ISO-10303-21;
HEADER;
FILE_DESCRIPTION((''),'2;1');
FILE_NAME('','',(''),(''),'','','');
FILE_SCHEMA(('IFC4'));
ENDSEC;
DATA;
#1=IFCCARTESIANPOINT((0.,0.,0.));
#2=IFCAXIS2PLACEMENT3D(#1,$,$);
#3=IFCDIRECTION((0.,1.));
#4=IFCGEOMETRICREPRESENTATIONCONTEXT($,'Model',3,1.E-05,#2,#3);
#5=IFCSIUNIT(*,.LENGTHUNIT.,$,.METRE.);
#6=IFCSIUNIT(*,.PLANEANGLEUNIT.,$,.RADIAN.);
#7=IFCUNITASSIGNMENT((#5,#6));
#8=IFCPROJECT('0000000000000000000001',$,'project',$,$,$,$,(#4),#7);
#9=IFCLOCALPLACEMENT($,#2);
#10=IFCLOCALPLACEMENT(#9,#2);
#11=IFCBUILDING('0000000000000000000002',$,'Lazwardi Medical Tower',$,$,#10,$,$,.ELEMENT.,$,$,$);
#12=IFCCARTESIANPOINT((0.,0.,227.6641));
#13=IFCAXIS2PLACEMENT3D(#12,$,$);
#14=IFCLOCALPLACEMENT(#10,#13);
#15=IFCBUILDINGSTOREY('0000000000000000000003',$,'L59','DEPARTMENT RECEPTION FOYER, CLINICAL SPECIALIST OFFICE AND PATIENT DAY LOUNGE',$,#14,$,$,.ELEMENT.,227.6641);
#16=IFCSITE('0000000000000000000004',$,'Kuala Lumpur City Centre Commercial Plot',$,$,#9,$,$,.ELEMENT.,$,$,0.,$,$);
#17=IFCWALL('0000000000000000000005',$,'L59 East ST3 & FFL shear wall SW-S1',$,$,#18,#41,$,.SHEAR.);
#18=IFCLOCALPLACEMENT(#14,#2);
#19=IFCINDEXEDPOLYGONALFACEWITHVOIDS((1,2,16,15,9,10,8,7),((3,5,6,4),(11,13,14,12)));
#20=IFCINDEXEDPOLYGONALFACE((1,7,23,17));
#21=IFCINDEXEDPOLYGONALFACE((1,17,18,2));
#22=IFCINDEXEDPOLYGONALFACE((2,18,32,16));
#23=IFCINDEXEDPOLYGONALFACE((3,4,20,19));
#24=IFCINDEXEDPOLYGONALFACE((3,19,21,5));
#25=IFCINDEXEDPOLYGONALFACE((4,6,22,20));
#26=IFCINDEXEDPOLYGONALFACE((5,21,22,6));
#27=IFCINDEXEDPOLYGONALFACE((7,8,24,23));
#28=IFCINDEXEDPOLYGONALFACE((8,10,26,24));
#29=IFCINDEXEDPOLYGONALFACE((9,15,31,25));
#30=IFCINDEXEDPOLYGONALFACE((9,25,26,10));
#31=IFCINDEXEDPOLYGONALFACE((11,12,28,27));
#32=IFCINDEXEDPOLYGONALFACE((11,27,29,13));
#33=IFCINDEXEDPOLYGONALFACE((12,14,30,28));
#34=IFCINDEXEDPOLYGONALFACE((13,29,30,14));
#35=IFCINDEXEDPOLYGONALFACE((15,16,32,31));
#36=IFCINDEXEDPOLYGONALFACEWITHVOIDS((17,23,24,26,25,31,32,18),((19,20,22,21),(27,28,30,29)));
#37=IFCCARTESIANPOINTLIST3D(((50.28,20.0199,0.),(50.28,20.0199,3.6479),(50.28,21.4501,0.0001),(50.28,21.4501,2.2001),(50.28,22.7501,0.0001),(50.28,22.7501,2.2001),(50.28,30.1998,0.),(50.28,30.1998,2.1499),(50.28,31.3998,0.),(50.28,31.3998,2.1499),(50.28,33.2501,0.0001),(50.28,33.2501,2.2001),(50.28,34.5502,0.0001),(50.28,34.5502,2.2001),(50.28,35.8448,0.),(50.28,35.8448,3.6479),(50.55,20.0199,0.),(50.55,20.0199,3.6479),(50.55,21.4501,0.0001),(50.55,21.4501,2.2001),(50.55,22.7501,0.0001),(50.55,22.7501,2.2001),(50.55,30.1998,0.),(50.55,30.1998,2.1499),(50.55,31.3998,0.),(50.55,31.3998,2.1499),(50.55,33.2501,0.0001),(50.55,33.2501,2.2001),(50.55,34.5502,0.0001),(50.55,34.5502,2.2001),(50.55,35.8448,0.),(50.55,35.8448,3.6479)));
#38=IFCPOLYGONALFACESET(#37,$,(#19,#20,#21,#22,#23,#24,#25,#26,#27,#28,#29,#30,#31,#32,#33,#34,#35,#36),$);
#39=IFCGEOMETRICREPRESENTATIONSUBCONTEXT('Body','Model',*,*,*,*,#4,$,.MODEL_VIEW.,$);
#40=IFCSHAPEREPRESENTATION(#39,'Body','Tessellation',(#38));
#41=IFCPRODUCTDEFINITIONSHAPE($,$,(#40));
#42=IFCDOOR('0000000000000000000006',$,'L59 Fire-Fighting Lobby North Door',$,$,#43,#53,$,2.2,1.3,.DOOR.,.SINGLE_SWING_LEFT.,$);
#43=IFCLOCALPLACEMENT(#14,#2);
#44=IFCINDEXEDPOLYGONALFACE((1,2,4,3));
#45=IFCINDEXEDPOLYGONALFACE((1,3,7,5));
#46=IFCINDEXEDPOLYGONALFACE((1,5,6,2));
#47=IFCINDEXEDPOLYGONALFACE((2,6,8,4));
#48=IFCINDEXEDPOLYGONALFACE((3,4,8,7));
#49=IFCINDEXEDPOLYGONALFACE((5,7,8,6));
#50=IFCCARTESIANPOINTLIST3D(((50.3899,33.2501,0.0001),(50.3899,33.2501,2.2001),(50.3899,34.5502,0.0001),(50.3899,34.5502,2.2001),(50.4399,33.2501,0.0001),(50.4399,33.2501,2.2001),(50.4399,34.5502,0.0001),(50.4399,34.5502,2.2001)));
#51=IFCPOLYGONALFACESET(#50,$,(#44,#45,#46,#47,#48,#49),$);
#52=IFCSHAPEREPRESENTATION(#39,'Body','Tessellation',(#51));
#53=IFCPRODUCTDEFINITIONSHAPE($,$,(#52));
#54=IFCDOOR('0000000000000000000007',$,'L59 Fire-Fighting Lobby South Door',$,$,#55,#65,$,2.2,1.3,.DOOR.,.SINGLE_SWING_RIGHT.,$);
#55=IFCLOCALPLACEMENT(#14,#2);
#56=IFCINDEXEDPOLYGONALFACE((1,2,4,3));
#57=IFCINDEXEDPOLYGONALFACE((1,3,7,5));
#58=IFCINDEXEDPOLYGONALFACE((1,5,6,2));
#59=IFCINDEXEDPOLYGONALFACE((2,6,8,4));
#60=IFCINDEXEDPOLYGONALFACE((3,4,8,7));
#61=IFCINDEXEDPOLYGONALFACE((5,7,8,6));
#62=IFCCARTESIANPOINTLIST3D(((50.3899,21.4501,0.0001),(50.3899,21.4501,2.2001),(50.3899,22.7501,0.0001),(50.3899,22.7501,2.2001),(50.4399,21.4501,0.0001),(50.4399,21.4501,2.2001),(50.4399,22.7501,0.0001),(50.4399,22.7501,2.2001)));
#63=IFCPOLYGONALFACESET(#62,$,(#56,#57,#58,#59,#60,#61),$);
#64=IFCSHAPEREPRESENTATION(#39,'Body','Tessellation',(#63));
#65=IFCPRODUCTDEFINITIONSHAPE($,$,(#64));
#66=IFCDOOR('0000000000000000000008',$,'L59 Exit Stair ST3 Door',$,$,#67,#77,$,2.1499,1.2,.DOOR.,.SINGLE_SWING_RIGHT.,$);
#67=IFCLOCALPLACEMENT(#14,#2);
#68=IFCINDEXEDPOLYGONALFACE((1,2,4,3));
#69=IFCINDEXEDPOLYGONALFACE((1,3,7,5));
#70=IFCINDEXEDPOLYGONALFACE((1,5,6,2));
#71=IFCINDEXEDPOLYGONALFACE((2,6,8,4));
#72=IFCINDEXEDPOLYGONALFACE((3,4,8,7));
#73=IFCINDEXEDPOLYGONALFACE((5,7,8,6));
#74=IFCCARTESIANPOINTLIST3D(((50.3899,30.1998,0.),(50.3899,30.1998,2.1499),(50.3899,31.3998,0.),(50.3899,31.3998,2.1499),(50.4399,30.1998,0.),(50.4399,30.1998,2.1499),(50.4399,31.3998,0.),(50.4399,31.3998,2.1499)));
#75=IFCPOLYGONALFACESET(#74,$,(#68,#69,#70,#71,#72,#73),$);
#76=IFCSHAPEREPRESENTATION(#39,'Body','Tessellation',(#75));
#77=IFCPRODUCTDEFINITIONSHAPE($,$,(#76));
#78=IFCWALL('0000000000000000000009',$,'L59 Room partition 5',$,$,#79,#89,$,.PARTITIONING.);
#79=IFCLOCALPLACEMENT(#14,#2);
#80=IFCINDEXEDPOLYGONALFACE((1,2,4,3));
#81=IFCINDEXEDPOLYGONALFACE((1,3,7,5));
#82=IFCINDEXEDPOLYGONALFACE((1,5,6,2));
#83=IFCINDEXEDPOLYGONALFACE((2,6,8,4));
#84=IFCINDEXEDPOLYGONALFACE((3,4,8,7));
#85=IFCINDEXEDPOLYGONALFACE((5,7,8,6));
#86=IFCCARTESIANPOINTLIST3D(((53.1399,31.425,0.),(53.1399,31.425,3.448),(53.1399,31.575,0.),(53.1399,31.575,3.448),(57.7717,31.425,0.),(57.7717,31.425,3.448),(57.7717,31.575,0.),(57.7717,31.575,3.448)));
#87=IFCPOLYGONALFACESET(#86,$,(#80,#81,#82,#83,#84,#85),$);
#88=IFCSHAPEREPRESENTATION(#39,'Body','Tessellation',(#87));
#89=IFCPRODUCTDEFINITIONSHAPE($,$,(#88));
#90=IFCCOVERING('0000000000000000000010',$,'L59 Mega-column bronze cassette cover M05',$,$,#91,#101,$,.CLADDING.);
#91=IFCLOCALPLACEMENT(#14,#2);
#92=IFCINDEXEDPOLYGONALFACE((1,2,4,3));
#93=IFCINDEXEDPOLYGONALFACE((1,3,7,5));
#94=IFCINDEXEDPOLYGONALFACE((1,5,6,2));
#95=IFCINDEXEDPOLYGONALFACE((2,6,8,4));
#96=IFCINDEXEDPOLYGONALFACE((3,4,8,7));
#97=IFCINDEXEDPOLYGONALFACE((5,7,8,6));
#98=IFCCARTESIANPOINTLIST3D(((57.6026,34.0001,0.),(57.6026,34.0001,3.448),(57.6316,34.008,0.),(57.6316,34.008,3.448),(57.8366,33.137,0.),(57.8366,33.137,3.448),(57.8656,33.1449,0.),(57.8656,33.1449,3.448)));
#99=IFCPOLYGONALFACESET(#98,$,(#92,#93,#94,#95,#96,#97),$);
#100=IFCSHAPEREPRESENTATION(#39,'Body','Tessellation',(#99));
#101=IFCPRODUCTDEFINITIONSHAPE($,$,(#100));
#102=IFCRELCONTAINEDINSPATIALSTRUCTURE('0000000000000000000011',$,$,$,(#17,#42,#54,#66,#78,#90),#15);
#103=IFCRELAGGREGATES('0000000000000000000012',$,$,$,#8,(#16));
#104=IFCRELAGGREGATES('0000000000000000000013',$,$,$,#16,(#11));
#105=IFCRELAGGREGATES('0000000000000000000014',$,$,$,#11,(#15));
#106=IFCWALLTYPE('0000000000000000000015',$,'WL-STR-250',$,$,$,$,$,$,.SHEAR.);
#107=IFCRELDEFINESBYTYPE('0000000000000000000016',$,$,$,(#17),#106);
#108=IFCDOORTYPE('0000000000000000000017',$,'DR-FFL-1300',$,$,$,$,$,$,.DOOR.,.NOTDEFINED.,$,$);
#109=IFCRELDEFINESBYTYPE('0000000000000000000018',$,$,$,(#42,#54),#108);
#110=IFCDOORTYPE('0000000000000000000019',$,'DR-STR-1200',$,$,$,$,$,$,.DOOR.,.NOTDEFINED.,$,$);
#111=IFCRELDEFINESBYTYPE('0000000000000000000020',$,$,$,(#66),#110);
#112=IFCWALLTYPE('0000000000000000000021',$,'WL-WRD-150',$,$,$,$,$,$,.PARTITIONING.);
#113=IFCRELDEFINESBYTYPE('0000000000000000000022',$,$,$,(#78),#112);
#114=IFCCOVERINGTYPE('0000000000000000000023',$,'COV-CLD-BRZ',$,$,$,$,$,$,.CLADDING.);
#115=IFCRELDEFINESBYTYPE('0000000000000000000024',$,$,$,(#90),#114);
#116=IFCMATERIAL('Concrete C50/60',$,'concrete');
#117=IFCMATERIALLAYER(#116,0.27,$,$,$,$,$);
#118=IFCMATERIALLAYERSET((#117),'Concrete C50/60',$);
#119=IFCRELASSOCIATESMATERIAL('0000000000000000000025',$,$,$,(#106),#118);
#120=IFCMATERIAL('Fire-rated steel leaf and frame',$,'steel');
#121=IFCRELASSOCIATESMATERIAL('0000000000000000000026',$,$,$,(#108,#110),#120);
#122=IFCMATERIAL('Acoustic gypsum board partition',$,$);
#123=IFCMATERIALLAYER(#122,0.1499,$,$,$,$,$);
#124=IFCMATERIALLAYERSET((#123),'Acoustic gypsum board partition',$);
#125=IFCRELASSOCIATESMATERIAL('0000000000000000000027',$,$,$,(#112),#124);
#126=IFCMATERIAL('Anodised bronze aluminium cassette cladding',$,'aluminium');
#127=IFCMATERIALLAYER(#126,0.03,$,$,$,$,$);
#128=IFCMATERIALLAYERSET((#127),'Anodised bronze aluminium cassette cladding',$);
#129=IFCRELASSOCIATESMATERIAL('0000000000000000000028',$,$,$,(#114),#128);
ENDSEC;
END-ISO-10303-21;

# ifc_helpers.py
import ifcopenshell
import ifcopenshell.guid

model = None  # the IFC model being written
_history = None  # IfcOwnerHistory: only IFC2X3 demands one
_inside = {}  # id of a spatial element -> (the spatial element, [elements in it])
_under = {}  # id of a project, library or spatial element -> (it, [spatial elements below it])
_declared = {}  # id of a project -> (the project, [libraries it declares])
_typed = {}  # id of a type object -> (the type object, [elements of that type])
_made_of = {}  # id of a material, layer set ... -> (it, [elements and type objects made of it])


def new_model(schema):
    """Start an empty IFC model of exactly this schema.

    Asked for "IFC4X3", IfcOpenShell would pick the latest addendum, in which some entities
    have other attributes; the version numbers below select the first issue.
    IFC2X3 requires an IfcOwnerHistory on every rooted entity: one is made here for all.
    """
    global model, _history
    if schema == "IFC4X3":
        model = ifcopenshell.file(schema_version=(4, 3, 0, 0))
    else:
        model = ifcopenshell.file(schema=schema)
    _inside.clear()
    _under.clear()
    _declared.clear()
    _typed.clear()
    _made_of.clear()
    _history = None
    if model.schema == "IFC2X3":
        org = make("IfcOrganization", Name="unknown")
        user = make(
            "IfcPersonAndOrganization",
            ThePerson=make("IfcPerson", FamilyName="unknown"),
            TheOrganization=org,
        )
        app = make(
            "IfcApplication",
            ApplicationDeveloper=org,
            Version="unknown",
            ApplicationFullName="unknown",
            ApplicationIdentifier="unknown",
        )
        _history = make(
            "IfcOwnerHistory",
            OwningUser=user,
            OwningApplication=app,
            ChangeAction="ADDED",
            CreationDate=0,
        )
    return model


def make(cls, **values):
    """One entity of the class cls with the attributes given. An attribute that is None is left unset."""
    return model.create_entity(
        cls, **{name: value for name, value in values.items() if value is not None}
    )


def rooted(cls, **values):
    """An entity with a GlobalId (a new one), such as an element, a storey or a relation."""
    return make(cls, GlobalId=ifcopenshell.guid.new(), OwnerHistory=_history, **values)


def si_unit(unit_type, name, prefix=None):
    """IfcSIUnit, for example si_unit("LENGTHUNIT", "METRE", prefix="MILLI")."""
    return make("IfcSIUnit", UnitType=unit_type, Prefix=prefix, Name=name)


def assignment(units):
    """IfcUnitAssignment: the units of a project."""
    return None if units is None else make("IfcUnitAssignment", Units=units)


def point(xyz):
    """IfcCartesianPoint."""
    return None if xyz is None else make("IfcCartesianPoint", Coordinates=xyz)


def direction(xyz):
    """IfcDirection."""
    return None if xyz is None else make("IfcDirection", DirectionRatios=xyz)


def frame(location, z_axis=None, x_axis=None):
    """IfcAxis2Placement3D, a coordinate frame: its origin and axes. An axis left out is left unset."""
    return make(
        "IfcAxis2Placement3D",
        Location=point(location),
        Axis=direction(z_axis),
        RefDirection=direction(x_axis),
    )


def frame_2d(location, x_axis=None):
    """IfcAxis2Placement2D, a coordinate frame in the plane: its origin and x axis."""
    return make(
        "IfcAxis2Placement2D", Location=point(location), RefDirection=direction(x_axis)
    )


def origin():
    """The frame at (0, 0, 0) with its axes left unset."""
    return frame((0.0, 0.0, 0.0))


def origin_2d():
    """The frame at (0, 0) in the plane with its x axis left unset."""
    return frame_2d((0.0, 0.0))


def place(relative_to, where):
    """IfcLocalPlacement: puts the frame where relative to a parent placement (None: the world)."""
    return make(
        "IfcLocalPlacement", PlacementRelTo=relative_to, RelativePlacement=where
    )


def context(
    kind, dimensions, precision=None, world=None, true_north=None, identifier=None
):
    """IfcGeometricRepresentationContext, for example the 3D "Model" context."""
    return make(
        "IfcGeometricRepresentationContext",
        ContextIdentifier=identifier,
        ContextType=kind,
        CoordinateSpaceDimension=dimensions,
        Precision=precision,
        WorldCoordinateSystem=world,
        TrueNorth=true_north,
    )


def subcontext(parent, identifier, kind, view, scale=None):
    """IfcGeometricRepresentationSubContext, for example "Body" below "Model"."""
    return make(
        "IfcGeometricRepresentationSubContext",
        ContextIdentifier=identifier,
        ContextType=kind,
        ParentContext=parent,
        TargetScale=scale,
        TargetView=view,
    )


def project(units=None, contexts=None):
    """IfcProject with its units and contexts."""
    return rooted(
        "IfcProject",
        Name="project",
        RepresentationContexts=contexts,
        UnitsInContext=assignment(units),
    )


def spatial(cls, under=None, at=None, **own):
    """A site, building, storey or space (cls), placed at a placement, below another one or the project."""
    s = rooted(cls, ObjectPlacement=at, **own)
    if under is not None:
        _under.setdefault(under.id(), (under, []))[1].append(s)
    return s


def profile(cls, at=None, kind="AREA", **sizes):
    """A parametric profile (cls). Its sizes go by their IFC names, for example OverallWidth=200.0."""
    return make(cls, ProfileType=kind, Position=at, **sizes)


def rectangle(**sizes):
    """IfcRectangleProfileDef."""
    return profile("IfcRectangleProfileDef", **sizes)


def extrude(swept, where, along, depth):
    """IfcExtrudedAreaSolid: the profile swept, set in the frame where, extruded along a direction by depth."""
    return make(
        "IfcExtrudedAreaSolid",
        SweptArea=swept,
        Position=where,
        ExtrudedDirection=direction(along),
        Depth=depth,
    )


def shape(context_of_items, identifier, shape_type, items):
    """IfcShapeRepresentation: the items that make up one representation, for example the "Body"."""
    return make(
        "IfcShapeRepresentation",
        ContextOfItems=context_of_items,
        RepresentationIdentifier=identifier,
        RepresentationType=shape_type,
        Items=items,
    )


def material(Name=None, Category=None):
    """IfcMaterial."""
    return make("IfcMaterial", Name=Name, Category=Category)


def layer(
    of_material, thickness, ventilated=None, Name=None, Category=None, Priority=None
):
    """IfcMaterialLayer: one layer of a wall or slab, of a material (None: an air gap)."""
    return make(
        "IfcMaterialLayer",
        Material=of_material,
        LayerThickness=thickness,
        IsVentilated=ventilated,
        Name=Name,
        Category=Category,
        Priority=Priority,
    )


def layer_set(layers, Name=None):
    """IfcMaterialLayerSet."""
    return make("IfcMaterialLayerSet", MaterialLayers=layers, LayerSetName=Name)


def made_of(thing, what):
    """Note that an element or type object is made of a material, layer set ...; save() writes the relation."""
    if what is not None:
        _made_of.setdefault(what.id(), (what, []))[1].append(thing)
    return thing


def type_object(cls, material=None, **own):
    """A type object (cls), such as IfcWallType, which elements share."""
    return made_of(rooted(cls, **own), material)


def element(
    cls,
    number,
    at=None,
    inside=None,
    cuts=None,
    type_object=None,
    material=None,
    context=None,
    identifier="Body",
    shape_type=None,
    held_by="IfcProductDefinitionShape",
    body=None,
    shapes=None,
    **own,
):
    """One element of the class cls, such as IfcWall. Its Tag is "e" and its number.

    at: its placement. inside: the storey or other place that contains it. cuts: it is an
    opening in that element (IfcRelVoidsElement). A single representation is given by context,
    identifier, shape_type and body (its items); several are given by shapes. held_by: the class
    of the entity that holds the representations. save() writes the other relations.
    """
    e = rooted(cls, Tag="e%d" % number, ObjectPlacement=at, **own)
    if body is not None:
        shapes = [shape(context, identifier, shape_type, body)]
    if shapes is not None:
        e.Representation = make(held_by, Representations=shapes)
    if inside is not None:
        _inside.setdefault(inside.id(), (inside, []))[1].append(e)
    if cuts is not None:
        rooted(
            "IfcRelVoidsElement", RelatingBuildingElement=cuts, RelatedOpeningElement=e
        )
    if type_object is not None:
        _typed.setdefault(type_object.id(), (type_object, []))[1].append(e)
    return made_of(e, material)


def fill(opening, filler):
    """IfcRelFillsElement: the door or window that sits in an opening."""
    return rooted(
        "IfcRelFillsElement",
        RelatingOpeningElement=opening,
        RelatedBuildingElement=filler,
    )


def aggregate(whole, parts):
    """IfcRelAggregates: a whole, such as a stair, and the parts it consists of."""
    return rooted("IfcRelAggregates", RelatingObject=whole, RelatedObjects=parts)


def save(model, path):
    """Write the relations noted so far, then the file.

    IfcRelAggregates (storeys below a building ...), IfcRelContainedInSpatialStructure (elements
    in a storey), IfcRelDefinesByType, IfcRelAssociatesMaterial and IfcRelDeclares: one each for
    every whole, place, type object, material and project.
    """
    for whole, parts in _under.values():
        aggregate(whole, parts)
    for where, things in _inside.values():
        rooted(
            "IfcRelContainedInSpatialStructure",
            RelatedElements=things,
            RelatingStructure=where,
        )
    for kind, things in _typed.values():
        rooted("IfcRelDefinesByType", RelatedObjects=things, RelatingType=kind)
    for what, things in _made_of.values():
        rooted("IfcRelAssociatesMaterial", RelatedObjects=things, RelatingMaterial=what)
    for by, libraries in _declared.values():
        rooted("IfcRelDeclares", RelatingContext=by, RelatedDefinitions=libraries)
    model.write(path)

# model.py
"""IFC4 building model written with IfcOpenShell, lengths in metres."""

from ifc_helpers import new_model, si_unit, direction, frame, frame_2d, origin, origin_2d, place, context, subcontext, project, spatial, rectangle, extrude, material, layer, layer_set, type_object, element, fill, save


model = new_model("IFC4")

# Units and contexts
model_context = context("Model", 3, precision=1e-05, world=origin(), true_north=direction((0.0, 1.0)))
body_context = subcontext(model_context, "Body", "Model", "MODEL_VIEW")
ifc_project = project(units=[si_unit("LENGTHUNIT", "METRE"), si_unit("PLANEANGLEUNIT", "RADIAN")], contexts=[model_context])

# Site, building, storey
site_placement = place(None, origin())
site = spatial("IfcSite", under=ifc_project, at=site_placement, Name="Kuala Lumpur City Centre Commercial Plot", CompositionType="ELEMENT", RefElevation=0.0)
building_placement = place(site_placement, origin())
building = spatial("IfcBuilding", under=site, at=building_placement, Name="Lazwardi Medical Tower", CompositionType="ELEMENT")
storey_placement = place(building_placement, frame((0.0, 0.0, 227.6641)))
storey = spatial("IfcBuildingStorey", under=building, at=storey_placement, Name="L59", Description="DEPARTMENT RECEPTION FOYER, CLINICAL SPECIALIST OFFICE AND PATIENT DAY LOUNGE", CompositionType="ELEMENT", Elevation=227.6641)

# Wall, openings, doors
ifc_material_1 = material(Name="Concrete C50/60", Category="concrete")
ifc_layer_1 = layer(ifc_material_1, 0.27)
ifc_layer_set_1 = layer_set([ifc_layer_1], Name="Concrete C50/60")
wall_type_1 = type_object("IfcWallType", Name="WL-STR-250", PredefinedType="SHEAR", material=ifc_layer_set_1)
wall_1_placement = place(storey_placement, frame((50.415, 35.845, 0.0), z_axis=(0.0, 0.0, 1.0), x_axis=(0.0, -1.0, 0.0)))
wall_1 = element("IfcWall", 1, at=wall_1_placement, inside=storey, type_object=wall_type_1, Name="L59 East ST3 & FFL shear wall SW-S1", PredefinedType="SHEAR", context=body_context, shape_type="SweptSolid", body=[
    extrude(rectangle(XDim=15.825, YDim=0.27, at=frame_2d((7.9126, 0.0))), origin(), (0.0, 0.0, 1.0), 3.6479),
])
opening_1_placement = place(wall_1_placement, frame((4.4451, 0.0, 0.0)))
opening_1 = element("IfcOpeningElement", 2, at=opening_1_placement, cuts=wall_1, PredefinedType="OPENING", context=body_context, shape_type="SweptSolid", body=[
    extrude(rectangle(XDim=1.2, YDim=2.1499, at=frame_2d((0.6001, 1.075))), frame((0.0, 0.145, 0.0), z_axis=(0.0, -1.0, 0.0), x_axis=(1.0, 0.0, 0.0)), (0.0, 0.0, 1.0), 0.29),
])
opening_2_placement = place(wall_1_placement, frame((1.2949, 0.0, 0.0)))
opening_2 = element("IfcOpeningElement", 3, at=opening_2_placement, cuts=wall_1, PredefinedType="OPENING", context=body_context, shape_type="SweptSolid", body=[
    extrude(rectangle(XDim=1.3, YDim=2.2, at=frame_2d((0.6499, 1.1001))), frame((0.0, 0.145, 0.0), z_axis=(0.0, -1.0, 0.0), x_axis=(1.0, 0.0, 0.0)), (0.0, 0.0, 1.0), 0.29),
])
opening_3_placement = place(wall_1_placement, frame((13.095, 0.0, 0.0)))
opening_3 = element("IfcOpeningElement", 4, at=opening_3_placement, cuts=wall_1, PredefinedType="OPENING", context=body_context, shape_type="SweptSolid", body=[
    extrude(rectangle(XDim=1.3, YDim=2.2, at=frame_2d((0.6499, 1.1001))), frame((0.0, 0.145, 0.0), z_axis=(0.0, -1.0, 0.0), x_axis=(1.0, 0.0, 0.0)), (0.0, 0.0, 1.0), 0.29),
])
ifc_material_2 = material(Name="Fire-rated steel leaf and frame", Category="steel")
door_type_1 = type_object("IfcDoorType", Name="DR-FFL-1300", OperationType="NOTDEFINED", PredefinedType="DOOR", material=ifc_material_2)
door_1_placement = place(opening_2_placement, origin())
door_1 = element("IfcDoor", 5, at=door_1_placement, inside=storey, type_object=door_type_1, Name="L59 Fire-Fighting Lobby North Door", OperationType="SINGLE_SWING_LEFT", OverallHeight=2.2, OverallWidth=1.3, PredefinedType="DOOR", context=body_context, shape_type="SweptSolid", body=[
    extrude(rectangle(XDim=1.3, YDim=2.2, at=frame_2d((0.6499, 1.1001))), frame((0.0, 0.0249, 0.0), z_axis=(0.0, -1.0, 0.0), x_axis=(1.0, 0.0, 0.0)), (0.0, 0.0, 1.0), 0.05),
])
fill(opening_2, door_1)
door_2_placement = place(opening_3_placement, origin())
door_2 = element("IfcDoor", 6, at=door_2_placement, inside=storey, type_object=door_type_1, Name="L59 Fire-Fighting Lobby South Door", OperationType="SINGLE_SWING_RIGHT", OverallHeight=2.2, OverallWidth=1.3, PredefinedType="DOOR", context=body_context, shape_type="SweptSolid", body=[
    extrude(rectangle(XDim=1.3, YDim=2.2, at=frame_2d((0.6499, 1.1001))), frame((0.0, 0.0249, 0.0), z_axis=(0.0, -1.0, 0.0), x_axis=(1.0, 0.0, 0.0)), (0.0, 0.0, 1.0), 0.05),
])
fill(opening_3, door_2)
door_type_2 = type_object("IfcDoorType", Name="DR-STR-1200", OperationType="NOTDEFINED", PredefinedType="DOOR", material=ifc_material_2)
door_3_placement = place(opening_1_placement, origin())
door_3 = element("IfcDoor", 7, at=door_3_placement, inside=storey, type_object=door_type_2, Name="L59 Exit Stair ST3 Door", OperationType="SINGLE_SWING_RIGHT", OverallHeight=2.1499, OverallWidth=1.2, PredefinedType="DOOR", context=body_context, shape_type="SweptSolid", body=[
    extrude(rectangle(XDim=1.2, YDim=2.1499, at=frame_2d((0.6001, 1.075))), frame((0.0, 0.0249, 0.0), z_axis=(0.0, -1.0, 0.0), x_axis=(1.0, 0.0, 0.0)), (0.0, 0.0, 1.0), 0.05),
])
fill(opening_1, door_3)

# Wall
ifc_material_3 = material(Name="Acoustic gypsum board partition")
ifc_layer_2 = layer(ifc_material_3, 0.1499)
ifc_layer_set_2 = layer_set([ifc_layer_2], Name="Acoustic gypsum board partition")
wall_type_2 = type_object("IfcWallType", Name="WL-WRD-150", PredefinedType="PARTITIONING", material=ifc_layer_set_2)
wall_2_placement = place(storey_placement, frame((53.1399, 31.5, 0.0), z_axis=(0.0, 0.0, 1.0), x_axis=(1.0, 0.0, 0.0)))
element("IfcWall", 8, at=wall_2_placement, inside=storey, type_object=wall_type_2, Name="L59 Room partition 5", PredefinedType="PARTITIONING", context=body_context, shape_type="SweptSolid", body=[
    extrude(rectangle(XDim=4.6318, YDim=0.1499, at=frame_2d((2.3159, 0.0))), origin(), (0.0, 0.0, 1.0), 3.448),
])

# Covering
ifc_material_4 = material(Name="Anodised bronze aluminium cassette cladding", Category="aluminium")
ifc_layer_3 = layer(ifc_material_4, 0.03)
ifc_layer_set_3 = layer_set([ifc_layer_3], Name="Anodised bronze aluminium cassette cladding")
covering_type = type_object("IfcCoveringType", Name="COV-CLD-BRZ", PredefinedType="CLADDING", material=ifc_layer_set_3)
covering_placement = place(storey_placement, frame((57.7341, 33.5725, 0.0), z_axis=(0.0, 0.0, 1.0), x_axis=(-0.261642, 0.965165, 0.0)))
element("IfcCovering", 9, at=covering_placement, inside=storey, type_object=covering_type, Name="L59 Mega-column bronze cassette cover M05", PredefinedType="CLADDING", context=body_context, shape_type="SweptSolid", body=[
    extrude(rectangle(XDim=0.8943, YDim=0.03, at=origin_2d()), origin(), (0.0, 0.0, 1.0), 3.448),
])

save(model, "model.ifc")
